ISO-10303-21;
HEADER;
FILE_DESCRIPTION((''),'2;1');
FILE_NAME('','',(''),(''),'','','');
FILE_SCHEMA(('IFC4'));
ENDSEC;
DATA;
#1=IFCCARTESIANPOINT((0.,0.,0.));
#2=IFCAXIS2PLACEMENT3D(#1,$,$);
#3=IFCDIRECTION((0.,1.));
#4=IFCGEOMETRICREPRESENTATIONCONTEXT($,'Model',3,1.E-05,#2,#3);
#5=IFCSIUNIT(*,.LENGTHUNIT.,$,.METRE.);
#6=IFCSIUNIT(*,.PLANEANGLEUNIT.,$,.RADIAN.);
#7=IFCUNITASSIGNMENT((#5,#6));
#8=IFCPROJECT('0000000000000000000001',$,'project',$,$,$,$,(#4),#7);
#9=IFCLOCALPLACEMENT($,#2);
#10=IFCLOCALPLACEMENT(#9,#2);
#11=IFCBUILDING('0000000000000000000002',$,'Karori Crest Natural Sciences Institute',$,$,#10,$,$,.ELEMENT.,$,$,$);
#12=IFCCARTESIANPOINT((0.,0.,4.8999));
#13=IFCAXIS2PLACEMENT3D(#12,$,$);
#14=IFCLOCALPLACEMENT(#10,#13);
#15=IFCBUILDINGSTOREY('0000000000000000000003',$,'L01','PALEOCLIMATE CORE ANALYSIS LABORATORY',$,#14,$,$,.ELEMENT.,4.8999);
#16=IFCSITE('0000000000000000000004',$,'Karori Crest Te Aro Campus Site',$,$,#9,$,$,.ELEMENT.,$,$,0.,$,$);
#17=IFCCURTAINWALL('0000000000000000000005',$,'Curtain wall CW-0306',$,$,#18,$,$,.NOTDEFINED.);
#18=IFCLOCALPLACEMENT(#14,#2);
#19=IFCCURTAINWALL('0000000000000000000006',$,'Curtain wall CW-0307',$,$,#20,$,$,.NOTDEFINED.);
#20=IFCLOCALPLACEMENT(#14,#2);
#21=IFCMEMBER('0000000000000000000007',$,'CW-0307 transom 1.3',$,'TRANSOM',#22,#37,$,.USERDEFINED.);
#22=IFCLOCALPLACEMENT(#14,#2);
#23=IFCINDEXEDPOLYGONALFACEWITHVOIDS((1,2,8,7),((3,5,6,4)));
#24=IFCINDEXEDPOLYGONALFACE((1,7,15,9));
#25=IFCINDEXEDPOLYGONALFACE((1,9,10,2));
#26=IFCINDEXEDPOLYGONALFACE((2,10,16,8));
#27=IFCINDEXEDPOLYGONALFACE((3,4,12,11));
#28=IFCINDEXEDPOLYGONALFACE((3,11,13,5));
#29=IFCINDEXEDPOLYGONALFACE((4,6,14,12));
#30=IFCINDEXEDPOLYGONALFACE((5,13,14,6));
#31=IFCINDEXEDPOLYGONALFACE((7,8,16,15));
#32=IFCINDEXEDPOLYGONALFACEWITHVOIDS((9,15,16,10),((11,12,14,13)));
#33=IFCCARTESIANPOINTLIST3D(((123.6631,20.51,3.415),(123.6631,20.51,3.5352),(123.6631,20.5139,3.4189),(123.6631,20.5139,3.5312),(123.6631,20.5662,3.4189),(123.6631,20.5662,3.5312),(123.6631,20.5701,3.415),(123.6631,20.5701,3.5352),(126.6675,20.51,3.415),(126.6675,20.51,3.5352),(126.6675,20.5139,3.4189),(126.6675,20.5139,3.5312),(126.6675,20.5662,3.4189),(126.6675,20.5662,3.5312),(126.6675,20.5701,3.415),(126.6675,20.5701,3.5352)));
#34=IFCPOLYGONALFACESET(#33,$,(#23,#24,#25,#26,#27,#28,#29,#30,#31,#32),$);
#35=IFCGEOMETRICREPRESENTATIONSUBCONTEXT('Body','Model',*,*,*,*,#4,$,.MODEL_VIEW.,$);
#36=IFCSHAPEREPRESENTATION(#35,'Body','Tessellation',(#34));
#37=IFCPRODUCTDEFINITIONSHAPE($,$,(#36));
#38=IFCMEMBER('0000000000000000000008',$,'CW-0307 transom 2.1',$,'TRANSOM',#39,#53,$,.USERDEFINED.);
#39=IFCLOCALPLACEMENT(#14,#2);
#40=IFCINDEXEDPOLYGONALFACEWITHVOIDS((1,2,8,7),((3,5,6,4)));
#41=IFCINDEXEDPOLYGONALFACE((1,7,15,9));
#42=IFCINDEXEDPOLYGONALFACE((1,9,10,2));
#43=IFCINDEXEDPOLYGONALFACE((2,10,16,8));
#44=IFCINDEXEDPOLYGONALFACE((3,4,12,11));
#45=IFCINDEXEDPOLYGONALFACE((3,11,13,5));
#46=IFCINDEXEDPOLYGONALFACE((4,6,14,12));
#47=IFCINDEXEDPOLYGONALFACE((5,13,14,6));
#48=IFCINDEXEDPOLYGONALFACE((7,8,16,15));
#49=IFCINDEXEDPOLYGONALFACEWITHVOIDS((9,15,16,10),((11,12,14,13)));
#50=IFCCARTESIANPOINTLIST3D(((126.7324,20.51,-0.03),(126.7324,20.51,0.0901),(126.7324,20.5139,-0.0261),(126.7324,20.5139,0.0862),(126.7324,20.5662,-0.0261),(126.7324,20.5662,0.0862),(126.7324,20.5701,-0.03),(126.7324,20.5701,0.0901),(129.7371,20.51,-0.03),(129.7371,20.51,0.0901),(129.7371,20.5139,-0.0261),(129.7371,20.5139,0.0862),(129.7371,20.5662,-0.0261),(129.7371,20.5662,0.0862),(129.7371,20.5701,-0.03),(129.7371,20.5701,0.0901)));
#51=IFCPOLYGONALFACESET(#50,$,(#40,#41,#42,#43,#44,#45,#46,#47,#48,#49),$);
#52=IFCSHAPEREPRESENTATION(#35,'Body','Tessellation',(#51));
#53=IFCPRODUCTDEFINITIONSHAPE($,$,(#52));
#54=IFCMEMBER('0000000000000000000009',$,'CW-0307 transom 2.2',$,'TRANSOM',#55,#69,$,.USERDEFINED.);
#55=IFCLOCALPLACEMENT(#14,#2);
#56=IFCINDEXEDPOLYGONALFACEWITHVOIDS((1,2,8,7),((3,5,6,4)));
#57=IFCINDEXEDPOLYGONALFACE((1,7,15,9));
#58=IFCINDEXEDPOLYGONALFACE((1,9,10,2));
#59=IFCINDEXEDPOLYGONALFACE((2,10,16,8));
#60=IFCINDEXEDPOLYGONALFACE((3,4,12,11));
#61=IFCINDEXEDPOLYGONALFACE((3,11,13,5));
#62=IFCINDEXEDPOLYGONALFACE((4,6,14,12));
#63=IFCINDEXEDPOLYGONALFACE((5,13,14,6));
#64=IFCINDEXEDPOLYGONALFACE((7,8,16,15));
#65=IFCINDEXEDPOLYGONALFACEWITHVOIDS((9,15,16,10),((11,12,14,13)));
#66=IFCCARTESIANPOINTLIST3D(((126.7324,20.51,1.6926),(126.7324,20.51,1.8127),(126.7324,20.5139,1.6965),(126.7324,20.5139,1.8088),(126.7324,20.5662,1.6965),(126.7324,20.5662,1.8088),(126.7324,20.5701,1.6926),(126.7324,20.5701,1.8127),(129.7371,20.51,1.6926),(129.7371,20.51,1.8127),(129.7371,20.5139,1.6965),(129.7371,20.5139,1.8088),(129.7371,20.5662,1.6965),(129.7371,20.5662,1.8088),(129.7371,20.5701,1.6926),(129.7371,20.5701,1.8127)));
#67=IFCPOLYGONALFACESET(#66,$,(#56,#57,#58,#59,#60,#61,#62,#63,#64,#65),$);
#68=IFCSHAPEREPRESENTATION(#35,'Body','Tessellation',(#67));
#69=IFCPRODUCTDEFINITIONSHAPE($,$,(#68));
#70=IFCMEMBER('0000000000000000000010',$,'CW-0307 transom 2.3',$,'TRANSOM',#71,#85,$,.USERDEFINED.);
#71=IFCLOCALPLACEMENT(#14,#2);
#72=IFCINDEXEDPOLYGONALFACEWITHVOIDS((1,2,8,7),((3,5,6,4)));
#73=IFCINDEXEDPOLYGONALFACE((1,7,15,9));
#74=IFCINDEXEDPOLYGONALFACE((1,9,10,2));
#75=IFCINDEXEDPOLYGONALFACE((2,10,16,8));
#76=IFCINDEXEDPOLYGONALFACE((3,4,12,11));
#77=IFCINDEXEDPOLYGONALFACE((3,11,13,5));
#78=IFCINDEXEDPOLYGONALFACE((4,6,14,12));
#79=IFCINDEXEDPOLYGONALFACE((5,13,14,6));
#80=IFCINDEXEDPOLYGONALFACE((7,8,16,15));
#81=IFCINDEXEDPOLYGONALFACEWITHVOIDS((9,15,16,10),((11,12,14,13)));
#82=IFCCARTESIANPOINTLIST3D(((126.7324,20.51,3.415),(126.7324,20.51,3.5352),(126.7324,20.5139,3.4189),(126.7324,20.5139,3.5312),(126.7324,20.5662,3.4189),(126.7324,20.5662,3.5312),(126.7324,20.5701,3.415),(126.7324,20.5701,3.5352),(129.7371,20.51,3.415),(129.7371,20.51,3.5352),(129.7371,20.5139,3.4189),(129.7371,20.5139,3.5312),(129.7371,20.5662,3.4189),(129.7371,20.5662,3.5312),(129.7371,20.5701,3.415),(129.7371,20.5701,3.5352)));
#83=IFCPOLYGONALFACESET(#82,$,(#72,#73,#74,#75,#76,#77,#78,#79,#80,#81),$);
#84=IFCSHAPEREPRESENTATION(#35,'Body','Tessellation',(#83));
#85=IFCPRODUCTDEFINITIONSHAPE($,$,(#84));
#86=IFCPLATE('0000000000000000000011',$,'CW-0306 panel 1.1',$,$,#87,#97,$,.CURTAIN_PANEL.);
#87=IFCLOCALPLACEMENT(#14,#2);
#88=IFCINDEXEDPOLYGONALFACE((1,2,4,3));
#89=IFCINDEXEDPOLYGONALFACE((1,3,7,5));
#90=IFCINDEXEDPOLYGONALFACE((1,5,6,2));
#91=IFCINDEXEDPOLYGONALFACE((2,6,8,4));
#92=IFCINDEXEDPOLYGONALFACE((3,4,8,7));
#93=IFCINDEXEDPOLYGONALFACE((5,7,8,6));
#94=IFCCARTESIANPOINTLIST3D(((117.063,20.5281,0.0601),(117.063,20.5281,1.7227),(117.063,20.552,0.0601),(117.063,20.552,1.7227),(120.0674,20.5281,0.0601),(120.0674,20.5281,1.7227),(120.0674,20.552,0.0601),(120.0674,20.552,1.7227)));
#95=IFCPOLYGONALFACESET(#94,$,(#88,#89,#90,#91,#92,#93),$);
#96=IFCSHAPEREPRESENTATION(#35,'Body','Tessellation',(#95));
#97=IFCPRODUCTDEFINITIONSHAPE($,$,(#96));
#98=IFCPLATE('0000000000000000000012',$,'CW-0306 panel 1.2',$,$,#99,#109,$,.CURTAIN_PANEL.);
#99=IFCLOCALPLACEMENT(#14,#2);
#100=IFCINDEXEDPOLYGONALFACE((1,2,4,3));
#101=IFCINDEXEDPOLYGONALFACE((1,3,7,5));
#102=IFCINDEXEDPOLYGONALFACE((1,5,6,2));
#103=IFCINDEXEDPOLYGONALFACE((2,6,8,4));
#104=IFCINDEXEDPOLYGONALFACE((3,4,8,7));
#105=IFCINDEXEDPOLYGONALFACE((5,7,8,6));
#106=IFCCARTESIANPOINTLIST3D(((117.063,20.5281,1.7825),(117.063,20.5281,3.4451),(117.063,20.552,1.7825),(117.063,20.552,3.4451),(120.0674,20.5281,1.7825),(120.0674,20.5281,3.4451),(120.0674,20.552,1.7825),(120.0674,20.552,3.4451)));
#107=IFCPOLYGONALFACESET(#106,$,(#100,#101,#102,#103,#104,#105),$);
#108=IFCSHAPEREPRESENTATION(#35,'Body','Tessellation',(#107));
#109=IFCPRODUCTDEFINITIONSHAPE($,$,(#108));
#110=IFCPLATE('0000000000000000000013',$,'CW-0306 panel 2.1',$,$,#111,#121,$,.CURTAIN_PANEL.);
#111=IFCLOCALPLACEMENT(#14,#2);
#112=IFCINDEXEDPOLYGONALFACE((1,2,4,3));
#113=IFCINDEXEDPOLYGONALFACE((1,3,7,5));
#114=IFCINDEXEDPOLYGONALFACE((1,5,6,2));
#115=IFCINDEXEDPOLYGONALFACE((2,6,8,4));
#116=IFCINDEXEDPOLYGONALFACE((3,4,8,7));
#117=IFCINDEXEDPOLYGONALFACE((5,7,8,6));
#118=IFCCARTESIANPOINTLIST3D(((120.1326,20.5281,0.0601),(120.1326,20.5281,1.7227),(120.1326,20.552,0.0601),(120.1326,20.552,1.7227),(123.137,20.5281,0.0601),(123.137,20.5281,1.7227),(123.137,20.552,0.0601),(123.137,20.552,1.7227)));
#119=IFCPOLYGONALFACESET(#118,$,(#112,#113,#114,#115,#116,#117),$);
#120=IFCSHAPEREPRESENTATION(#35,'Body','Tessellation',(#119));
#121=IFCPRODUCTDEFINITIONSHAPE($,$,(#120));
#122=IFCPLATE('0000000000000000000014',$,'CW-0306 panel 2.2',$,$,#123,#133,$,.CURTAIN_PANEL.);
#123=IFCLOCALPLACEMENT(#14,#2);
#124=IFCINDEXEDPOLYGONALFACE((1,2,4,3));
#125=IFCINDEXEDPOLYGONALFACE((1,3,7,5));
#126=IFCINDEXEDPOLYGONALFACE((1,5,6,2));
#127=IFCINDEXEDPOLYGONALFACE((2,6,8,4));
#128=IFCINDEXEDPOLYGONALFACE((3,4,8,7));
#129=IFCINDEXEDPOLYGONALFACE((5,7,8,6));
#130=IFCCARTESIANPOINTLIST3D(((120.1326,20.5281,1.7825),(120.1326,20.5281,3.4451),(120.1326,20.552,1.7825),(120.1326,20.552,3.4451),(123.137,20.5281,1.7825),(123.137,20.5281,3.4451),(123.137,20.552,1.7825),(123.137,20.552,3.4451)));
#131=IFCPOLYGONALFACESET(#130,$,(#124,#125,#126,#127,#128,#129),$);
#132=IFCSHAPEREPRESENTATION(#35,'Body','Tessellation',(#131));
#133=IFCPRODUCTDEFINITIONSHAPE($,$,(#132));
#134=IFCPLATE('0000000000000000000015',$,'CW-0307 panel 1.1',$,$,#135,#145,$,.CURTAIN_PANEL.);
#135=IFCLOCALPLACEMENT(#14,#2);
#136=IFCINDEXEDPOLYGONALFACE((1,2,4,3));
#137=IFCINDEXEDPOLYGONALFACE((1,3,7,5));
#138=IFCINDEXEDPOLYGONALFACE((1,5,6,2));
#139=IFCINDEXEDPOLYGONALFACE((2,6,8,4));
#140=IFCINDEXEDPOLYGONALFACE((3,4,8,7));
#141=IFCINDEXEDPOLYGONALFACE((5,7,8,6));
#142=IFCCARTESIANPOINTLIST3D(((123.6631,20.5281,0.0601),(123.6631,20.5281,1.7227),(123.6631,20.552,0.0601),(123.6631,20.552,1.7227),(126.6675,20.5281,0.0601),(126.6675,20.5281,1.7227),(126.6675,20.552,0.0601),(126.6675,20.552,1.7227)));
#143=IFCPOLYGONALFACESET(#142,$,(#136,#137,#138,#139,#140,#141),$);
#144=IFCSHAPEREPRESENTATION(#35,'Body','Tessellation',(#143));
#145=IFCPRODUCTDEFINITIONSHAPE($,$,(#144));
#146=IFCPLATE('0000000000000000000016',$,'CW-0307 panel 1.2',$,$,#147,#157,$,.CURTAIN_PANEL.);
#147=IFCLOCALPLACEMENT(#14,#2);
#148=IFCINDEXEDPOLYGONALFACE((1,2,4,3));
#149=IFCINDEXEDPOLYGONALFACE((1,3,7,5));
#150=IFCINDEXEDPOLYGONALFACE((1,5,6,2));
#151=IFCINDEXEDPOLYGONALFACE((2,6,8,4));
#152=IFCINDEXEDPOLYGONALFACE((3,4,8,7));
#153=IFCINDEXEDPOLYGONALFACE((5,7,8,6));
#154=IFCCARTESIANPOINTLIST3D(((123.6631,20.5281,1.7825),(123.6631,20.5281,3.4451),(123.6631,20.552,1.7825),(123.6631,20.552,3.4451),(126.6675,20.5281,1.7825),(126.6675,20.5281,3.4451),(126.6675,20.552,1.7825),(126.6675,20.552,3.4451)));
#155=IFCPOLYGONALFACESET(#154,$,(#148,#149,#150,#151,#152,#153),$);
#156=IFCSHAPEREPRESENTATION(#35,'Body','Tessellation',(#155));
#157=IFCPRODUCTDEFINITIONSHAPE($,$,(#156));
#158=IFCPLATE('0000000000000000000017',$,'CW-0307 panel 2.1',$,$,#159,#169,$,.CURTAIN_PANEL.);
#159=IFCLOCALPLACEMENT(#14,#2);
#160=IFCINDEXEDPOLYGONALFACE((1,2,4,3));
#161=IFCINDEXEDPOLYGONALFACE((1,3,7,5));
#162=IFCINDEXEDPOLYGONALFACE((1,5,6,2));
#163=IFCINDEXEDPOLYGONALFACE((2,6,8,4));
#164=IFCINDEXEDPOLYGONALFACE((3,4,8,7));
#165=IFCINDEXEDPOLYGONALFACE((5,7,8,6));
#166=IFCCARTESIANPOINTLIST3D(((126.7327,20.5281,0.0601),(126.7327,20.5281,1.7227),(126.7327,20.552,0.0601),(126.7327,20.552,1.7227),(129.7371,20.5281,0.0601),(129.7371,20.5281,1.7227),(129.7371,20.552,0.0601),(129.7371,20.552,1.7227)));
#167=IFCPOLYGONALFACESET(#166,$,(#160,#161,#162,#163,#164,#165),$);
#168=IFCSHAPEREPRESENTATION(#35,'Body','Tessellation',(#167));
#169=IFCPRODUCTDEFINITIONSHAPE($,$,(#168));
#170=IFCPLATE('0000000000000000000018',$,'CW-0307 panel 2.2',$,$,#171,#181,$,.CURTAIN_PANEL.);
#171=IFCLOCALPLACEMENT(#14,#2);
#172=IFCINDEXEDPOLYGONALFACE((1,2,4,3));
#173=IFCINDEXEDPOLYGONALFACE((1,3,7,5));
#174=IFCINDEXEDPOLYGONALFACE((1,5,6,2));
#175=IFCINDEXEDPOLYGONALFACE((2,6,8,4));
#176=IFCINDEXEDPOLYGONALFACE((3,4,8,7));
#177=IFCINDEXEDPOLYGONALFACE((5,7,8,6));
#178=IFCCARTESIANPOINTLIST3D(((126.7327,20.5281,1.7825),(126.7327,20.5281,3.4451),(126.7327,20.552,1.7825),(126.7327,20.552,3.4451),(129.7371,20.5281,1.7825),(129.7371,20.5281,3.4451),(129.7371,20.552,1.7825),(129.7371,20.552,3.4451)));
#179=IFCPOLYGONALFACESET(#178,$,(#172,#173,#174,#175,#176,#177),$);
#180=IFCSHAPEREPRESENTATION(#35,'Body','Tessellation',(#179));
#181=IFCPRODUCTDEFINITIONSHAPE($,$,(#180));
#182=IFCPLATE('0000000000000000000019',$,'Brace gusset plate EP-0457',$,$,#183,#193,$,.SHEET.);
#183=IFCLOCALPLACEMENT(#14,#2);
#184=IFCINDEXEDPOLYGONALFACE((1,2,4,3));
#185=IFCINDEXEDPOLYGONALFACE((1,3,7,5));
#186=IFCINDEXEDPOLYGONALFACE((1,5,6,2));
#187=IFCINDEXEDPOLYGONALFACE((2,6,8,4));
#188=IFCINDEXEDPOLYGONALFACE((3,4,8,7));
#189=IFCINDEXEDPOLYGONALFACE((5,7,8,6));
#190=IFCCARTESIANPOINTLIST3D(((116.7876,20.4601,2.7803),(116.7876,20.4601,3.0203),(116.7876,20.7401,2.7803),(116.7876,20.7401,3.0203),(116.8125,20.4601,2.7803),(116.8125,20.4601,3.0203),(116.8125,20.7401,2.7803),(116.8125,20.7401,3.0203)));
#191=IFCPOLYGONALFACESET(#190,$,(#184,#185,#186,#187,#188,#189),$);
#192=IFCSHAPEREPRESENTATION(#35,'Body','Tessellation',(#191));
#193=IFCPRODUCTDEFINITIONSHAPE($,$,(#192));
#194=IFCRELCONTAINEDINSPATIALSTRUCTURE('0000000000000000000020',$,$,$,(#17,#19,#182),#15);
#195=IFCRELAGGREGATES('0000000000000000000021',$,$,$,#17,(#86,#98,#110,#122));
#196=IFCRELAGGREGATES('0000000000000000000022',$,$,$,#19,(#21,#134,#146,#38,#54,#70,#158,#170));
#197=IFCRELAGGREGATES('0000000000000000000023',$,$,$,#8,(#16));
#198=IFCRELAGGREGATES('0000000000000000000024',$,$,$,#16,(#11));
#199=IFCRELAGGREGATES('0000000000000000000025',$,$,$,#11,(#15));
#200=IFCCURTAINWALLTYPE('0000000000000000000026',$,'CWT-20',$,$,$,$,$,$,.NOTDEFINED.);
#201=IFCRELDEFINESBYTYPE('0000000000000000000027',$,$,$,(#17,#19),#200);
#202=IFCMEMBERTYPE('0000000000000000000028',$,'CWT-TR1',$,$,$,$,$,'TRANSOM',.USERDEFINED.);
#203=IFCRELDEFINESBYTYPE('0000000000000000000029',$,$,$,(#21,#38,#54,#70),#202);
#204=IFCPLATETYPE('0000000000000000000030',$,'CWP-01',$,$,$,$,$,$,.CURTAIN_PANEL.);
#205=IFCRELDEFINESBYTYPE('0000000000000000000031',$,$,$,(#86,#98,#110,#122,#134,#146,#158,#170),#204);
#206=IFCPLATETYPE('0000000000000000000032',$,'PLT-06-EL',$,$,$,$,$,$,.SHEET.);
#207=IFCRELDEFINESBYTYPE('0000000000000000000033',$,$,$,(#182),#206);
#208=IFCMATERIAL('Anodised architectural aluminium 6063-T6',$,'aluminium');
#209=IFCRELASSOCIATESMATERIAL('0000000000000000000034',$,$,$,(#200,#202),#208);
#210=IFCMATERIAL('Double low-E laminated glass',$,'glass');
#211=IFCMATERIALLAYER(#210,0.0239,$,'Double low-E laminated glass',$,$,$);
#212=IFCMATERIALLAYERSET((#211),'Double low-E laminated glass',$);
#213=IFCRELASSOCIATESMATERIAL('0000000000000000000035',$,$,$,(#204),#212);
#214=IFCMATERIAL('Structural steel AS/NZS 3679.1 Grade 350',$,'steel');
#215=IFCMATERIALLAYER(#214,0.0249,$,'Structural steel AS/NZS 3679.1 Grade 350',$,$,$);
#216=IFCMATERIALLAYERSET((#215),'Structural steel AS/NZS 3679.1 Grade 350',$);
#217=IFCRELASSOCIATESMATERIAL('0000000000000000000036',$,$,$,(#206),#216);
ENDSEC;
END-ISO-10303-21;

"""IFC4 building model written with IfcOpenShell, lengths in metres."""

from ifc_helpers import new_model, si_unit, direction, frame, origin, origin_2d, place, context, subcontext, project, spatial, rectangle, hollow_rectangle, extrude, material, layer, layer_set, material_profile, profile_set, type_object, element, aggregate, save


model = new_model("IFC4")

# Units and contexts
model_context = context("Model", 3, precision=1e-05, world=origin(), true_north=direction((0.0, 1.0)))
body_context = subcontext(model_context, "Body", "Model", "MODEL_VIEW")
ifc_project = project(units=[si_unit("LENGTHUNIT", "METRE"), si_unit("PLANEANGLEUNIT", "RADIAN")], contexts=[model_context])

# Site, building, storey
site_placement = place(None, origin())
site = spatial("IfcSite", under=ifc_project, at=site_placement, Name="Karori Crest Te Aro Campus Site", CompositionType="ELEMENT", RefElevation=0.0)
building_placement = place(site_placement, origin())
building = spatial("IfcBuilding", under=site, at=building_placement, Name="Karori Crest Natural Sciences Institute", CompositionType="ELEMENT")
storey_placement = place(building_placement, frame((0.0, 0.0, 4.8999)))
storey = spatial("IfcBuildingStorey", under=building, at=storey_placement, Name="L01", Description="PALEOCLIMATE CORE ANALYSIS LABORATORY", CompositionType="ELEMENT", Elevation=4.8999)

# Shared definitions
ifc_material_1 = material(Name="Structural steel AS/NZS 3679.1 Grade 350", Category="steel")

# Curtain walls
ifc_material_2 = material(Name="Anodised architectural aluminium 6063-T6", Category="aluminium")
curtain_wall_type = type_object("IfcCurtainWallType", Name="CWT-20", PredefinedType="NOTDEFINED", material=ifc_material_2)
curtain_wall_1_placement = place(storey_placement, origin())
curtain_wall_1 = element("IfcCurtainWall", 1, at=curtain_wall_1_placement, inside=storey, type_object=curtain_wall_type, Name="Curtain wall CW-0306", PredefinedType="NOTDEFINED")
curtain_wall_2_placement = place(storey_placement, origin())
curtain_wall_2 = element("IfcCurtainWall", 2, at=curtain_wall_2_placement, inside=storey, type_object=curtain_wall_type, Name="Curtain wall CW-0307", PredefinedType="NOTDEFINED")

# Members
ifc_material_profile_1 = material_profile(ifc_material_2, hollow_rectangle(XDim=0.0601, YDim=0.1201, WallThickness=0.0039, at=origin_2d()), Name="CWT120x60x4")
ifc_profile_set_1 = profile_set([ifc_material_profile_1], Name="Anodised architectural aluminium 6063-T6")
member_type_1 = type_object("IfcMemberType", Name="CWT-TR1", ElementType="TRANSOM", PredefinedType="USERDEFINED", material=ifc_profile_set_1)
member_1_placement = place(storey_placement, frame((123.6631, 20.54, 3.4751), z_axis=(1.0, 0.0, 0.0), x_axis=(0.0, 1.0, 0.0)))
member_1 = element("IfcMember", 3, at=member_1_placement, type_object=member_type_1, Name="CW-0307 transom 1.3", ObjectType="TRANSOM", PredefinedType="USERDEFINED", context=body_context, shape_type="SweptSolid", body=[
    extrude(hollow_rectangle(XDim=0.0601, YDim=0.1201, WallThickness=0.0039, at=origin_2d()), origin(), (0.0, 0.0, 1.0), 3.0044),
])
member_2_placement = place(storey_placement, frame((126.7324, 20.54, 0.03), z_axis=(1.0, 0.0, 0.0), x_axis=(0.0, 1.0, 0.0)))
member_2 = element("IfcMember", 4, at=member_2_placement, type_object=member_type_1, Name="CW-0307 transom 2.1", ObjectType="TRANSOM", PredefinedType="USERDEFINED", context=body_context, shape_type="SweptSolid", body=[
    extrude(hollow_rectangle(XDim=0.0601, YDim=0.1201, WallThickness=0.0039, at=origin_2d()), origin(), (0.0, 0.0, 1.0), 3.0046),
])
member_3_placement = place(storey_placement, frame((126.7324, 20.54, 1.7527), z_axis=(1.0, 0.0, 0.0), x_axis=(0.0, 1.0, 0.0)))
member_3 = element("IfcMember", 5, at=member_3_placement, type_object=member_type_1, Name="CW-0307 transom 2.2", ObjectType="TRANSOM", PredefinedType="USERDEFINED", context=body_context, shape_type="SweptSolid", body=[
    extrude(hollow_rectangle(XDim=0.0601, YDim=0.1201, WallThickness=0.0039, at=origin_2d()), origin(), (0.0, 0.0, 1.0), 3.0046),
])
member_4_placement = place(storey_placement, frame((126.7324, 20.54, 3.4751), z_axis=(1.0, 0.0, 0.0), x_axis=(0.0, 1.0, 0.0)))
member_4 = element("IfcMember", 6, at=member_4_placement, type_object=member_type_1, Name="CW-0307 transom 2.3", ObjectType="TRANSOM", PredefinedType="USERDEFINED", context=body_context, shape_type="SweptSolid", body=[
    extrude(hollow_rectangle(XDim=0.0601, YDim=0.1201, WallThickness=0.0039, at=origin_2d()), origin(), (0.0, 0.0, 1.0), 3.0046),
])

# Plates
ifc_material_3 = material(Name="Double low-E laminated glass", Category="glass")
ifc_layer_1 = layer(ifc_material_3, 0.0239, Name="Double low-E laminated glass")
ifc_layer_set_1 = layer_set([ifc_layer_1], Name="Double low-E laminated glass")
plate_type_1 = type_object("IfcPlateType", Name="CWP-01", PredefinedType="CURTAIN_PANEL", material=ifc_layer_set_1)
plate_1_placement = place(storey_placement, frame((118.5652, 20.54, 0.0601), z_axis=(0.0, 0.0, 1.0), x_axis=(1.0, 0.0, 0.0)))
plate_1 = element("IfcPlate", 7, at=plate_1_placement, type_object=plate_type_1, Name="CW-0306 panel 1.1", PredefinedType="CURTAIN_PANEL", context=body_context, shape_type="SweptSolid", body=[
    extrude(rectangle(XDim=3.0044, YDim=0.0239, at=origin_2d()), origin(), (0.0, 0.0, 1.0), 1.6626),
])
plate_2_placement = place(storey_placement, frame((118.5652, 20.54, 1.7825), z_axis=(0.0, 0.0, 1.0), x_axis=(1.0, 0.0, 0.0)))
plate_2 = element("IfcPlate", 8, at=plate_2_placement, type_object=plate_type_1, Name="CW-0306 panel 1.2", PredefinedType="CURTAIN_PANEL", context=body_context, shape_type="SweptSolid", body=[
    extrude(rectangle(XDim=3.0044, YDim=0.0239, at=origin_2d()), origin(), (0.0, 0.0, 1.0), 1.6626),
])
plate_3_placement = place(storey_placement, frame((121.6348, 20.54, 0.0601), z_axis=(0.0, 0.0, 1.0), x_axis=(1.0, 0.0, 0.0)))
plate_3 = element("IfcPlate", 9, at=plate_3_placement, type_object=plate_type_1, Name="CW-0306 panel 2.1", PredefinedType="CURTAIN_PANEL", context=body_context, shape_type="SweptSolid", body=[
    extrude(rectangle(XDim=3.0044, YDim=0.0239, at=origin_2d()), origin(), (0.0, 0.0, 1.0), 1.6626),
])
plate_4_placement = place(storey_placement, frame((121.6348, 20.54, 1.7825), z_axis=(0.0, 0.0, 1.0), x_axis=(1.0, 0.0, 0.0)))
plate_4 = element("IfcPlate", 10, at=plate_4_placement, type_object=plate_type_1, Name="CW-0306 panel 2.2", PredefinedType="CURTAIN_PANEL", context=body_context, shape_type="SweptSolid", body=[
    extrude(rectangle(XDim=3.0044, YDim=0.0239, at=origin_2d()), origin(), (0.0, 0.0, 1.0), 1.6626),
])
aggregate(curtain_wall_1, [plate_1, plate_2, plate_3, plate_4])
plate_5_placement = place(storey_placement, frame((125.1653, 20.54, 0.0601), z_axis=(0.0, 0.0, 1.0), x_axis=(1.0, 0.0, 0.0)))
plate_5 = element("IfcPlate", 11, at=plate_5_placement, type_object=plate_type_1, Name="CW-0307 panel 1.1", PredefinedType="CURTAIN_PANEL", context=body_context, shape_type="SweptSolid", body=[
    extrude(rectangle(XDim=3.0044, YDim=0.0239, at=origin_2d()), origin(), (0.0, 0.0, 1.0), 1.6626),
])
plate_6_placement = place(storey_placement, frame((125.1653, 20.54, 1.7825), z_axis=(0.0, 0.0, 1.0), x_axis=(1.0, 0.0, 0.0)))
plate_6 = element("IfcPlate", 12, at=plate_6_placement, type_object=plate_type_1, Name="CW-0307 panel 1.2", PredefinedType="CURTAIN_PANEL", context=body_context, shape_type="SweptSolid", body=[
    extrude(rectangle(XDim=3.0044, YDim=0.0239, at=origin_2d()), origin(), (0.0, 0.0, 1.0), 1.6626),
])
plate_7_placement = place(storey_placement, frame((128.2349, 20.54, 0.0601), z_axis=(0.0, 0.0, 1.0), x_axis=(1.0, 0.0, 0.0)))
plate_7 = element("IfcPlate", 13, at=plate_7_placement, type_object=plate_type_1, Name="CW-0307 panel 2.1", PredefinedType="CURTAIN_PANEL", context=body_context, shape_type="SweptSolid", body=[
    extrude(rectangle(XDim=3.0044, YDim=0.0239, at=origin_2d()), origin(), (0.0, 0.0, 1.0), 1.6626),
])
plate_8_placement = place(storey_placement, frame((128.2349, 20.54, 1.7825), z_axis=(0.0, 0.0, 1.0), x_axis=(1.0, 0.0, 0.0)))
plate_8 = element("IfcPlate", 14, at=plate_8_placement, type_object=plate_type_1, Name="CW-0307 panel 2.2", PredefinedType="CURTAIN_PANEL", context=body_context, shape_type="SweptSolid", body=[
    extrude(rectangle(XDim=3.0044, YDim=0.0239, at=origin_2d()), origin(), (0.0, 0.0, 1.0), 1.6626),
])
aggregate(curtain_wall_2, [member_1, plate_5, plate_6, member_2, member_3, member_4, plate_7, plate_8])

# Plate
ifc_layer_2 = layer(ifc_material_1, 0.0249, Name="Structural steel AS/NZS 3679.1 Grade 350")
ifc_layer_set_2 = layer_set([ifc_layer_2], Name="Structural steel AS/NZS 3679.1 Grade 350")
plate_type_2 = type_object("IfcPlateType", Name="PLT-06-EL", PredefinedType="SHEET", material=ifc_layer_set_2)
for number, where, z_axis, x_axis, name in (
    (15, (116.8, 20.6001, 2.7803), (0.0, 0.0, 1.0), (0.0, 1.0, 0.0), "Brace gusset plate EP-0457"),
):
    element("IfcPlate", number, at=place(storey_placement, frame(where, z_axis=z_axis, x_axis=x_axis)), inside=storey, type_object=plate_type_2, Name=name, PredefinedType="SHEET", context=body_context, shape_type="SweptSolid", body=[
        extrude(rectangle(XDim=0.28, YDim=0.0249, at=origin_2d()), origin(), (0.0, 0.0, 1.0), 0.24),
    ])

save(model, "model.ifc")
